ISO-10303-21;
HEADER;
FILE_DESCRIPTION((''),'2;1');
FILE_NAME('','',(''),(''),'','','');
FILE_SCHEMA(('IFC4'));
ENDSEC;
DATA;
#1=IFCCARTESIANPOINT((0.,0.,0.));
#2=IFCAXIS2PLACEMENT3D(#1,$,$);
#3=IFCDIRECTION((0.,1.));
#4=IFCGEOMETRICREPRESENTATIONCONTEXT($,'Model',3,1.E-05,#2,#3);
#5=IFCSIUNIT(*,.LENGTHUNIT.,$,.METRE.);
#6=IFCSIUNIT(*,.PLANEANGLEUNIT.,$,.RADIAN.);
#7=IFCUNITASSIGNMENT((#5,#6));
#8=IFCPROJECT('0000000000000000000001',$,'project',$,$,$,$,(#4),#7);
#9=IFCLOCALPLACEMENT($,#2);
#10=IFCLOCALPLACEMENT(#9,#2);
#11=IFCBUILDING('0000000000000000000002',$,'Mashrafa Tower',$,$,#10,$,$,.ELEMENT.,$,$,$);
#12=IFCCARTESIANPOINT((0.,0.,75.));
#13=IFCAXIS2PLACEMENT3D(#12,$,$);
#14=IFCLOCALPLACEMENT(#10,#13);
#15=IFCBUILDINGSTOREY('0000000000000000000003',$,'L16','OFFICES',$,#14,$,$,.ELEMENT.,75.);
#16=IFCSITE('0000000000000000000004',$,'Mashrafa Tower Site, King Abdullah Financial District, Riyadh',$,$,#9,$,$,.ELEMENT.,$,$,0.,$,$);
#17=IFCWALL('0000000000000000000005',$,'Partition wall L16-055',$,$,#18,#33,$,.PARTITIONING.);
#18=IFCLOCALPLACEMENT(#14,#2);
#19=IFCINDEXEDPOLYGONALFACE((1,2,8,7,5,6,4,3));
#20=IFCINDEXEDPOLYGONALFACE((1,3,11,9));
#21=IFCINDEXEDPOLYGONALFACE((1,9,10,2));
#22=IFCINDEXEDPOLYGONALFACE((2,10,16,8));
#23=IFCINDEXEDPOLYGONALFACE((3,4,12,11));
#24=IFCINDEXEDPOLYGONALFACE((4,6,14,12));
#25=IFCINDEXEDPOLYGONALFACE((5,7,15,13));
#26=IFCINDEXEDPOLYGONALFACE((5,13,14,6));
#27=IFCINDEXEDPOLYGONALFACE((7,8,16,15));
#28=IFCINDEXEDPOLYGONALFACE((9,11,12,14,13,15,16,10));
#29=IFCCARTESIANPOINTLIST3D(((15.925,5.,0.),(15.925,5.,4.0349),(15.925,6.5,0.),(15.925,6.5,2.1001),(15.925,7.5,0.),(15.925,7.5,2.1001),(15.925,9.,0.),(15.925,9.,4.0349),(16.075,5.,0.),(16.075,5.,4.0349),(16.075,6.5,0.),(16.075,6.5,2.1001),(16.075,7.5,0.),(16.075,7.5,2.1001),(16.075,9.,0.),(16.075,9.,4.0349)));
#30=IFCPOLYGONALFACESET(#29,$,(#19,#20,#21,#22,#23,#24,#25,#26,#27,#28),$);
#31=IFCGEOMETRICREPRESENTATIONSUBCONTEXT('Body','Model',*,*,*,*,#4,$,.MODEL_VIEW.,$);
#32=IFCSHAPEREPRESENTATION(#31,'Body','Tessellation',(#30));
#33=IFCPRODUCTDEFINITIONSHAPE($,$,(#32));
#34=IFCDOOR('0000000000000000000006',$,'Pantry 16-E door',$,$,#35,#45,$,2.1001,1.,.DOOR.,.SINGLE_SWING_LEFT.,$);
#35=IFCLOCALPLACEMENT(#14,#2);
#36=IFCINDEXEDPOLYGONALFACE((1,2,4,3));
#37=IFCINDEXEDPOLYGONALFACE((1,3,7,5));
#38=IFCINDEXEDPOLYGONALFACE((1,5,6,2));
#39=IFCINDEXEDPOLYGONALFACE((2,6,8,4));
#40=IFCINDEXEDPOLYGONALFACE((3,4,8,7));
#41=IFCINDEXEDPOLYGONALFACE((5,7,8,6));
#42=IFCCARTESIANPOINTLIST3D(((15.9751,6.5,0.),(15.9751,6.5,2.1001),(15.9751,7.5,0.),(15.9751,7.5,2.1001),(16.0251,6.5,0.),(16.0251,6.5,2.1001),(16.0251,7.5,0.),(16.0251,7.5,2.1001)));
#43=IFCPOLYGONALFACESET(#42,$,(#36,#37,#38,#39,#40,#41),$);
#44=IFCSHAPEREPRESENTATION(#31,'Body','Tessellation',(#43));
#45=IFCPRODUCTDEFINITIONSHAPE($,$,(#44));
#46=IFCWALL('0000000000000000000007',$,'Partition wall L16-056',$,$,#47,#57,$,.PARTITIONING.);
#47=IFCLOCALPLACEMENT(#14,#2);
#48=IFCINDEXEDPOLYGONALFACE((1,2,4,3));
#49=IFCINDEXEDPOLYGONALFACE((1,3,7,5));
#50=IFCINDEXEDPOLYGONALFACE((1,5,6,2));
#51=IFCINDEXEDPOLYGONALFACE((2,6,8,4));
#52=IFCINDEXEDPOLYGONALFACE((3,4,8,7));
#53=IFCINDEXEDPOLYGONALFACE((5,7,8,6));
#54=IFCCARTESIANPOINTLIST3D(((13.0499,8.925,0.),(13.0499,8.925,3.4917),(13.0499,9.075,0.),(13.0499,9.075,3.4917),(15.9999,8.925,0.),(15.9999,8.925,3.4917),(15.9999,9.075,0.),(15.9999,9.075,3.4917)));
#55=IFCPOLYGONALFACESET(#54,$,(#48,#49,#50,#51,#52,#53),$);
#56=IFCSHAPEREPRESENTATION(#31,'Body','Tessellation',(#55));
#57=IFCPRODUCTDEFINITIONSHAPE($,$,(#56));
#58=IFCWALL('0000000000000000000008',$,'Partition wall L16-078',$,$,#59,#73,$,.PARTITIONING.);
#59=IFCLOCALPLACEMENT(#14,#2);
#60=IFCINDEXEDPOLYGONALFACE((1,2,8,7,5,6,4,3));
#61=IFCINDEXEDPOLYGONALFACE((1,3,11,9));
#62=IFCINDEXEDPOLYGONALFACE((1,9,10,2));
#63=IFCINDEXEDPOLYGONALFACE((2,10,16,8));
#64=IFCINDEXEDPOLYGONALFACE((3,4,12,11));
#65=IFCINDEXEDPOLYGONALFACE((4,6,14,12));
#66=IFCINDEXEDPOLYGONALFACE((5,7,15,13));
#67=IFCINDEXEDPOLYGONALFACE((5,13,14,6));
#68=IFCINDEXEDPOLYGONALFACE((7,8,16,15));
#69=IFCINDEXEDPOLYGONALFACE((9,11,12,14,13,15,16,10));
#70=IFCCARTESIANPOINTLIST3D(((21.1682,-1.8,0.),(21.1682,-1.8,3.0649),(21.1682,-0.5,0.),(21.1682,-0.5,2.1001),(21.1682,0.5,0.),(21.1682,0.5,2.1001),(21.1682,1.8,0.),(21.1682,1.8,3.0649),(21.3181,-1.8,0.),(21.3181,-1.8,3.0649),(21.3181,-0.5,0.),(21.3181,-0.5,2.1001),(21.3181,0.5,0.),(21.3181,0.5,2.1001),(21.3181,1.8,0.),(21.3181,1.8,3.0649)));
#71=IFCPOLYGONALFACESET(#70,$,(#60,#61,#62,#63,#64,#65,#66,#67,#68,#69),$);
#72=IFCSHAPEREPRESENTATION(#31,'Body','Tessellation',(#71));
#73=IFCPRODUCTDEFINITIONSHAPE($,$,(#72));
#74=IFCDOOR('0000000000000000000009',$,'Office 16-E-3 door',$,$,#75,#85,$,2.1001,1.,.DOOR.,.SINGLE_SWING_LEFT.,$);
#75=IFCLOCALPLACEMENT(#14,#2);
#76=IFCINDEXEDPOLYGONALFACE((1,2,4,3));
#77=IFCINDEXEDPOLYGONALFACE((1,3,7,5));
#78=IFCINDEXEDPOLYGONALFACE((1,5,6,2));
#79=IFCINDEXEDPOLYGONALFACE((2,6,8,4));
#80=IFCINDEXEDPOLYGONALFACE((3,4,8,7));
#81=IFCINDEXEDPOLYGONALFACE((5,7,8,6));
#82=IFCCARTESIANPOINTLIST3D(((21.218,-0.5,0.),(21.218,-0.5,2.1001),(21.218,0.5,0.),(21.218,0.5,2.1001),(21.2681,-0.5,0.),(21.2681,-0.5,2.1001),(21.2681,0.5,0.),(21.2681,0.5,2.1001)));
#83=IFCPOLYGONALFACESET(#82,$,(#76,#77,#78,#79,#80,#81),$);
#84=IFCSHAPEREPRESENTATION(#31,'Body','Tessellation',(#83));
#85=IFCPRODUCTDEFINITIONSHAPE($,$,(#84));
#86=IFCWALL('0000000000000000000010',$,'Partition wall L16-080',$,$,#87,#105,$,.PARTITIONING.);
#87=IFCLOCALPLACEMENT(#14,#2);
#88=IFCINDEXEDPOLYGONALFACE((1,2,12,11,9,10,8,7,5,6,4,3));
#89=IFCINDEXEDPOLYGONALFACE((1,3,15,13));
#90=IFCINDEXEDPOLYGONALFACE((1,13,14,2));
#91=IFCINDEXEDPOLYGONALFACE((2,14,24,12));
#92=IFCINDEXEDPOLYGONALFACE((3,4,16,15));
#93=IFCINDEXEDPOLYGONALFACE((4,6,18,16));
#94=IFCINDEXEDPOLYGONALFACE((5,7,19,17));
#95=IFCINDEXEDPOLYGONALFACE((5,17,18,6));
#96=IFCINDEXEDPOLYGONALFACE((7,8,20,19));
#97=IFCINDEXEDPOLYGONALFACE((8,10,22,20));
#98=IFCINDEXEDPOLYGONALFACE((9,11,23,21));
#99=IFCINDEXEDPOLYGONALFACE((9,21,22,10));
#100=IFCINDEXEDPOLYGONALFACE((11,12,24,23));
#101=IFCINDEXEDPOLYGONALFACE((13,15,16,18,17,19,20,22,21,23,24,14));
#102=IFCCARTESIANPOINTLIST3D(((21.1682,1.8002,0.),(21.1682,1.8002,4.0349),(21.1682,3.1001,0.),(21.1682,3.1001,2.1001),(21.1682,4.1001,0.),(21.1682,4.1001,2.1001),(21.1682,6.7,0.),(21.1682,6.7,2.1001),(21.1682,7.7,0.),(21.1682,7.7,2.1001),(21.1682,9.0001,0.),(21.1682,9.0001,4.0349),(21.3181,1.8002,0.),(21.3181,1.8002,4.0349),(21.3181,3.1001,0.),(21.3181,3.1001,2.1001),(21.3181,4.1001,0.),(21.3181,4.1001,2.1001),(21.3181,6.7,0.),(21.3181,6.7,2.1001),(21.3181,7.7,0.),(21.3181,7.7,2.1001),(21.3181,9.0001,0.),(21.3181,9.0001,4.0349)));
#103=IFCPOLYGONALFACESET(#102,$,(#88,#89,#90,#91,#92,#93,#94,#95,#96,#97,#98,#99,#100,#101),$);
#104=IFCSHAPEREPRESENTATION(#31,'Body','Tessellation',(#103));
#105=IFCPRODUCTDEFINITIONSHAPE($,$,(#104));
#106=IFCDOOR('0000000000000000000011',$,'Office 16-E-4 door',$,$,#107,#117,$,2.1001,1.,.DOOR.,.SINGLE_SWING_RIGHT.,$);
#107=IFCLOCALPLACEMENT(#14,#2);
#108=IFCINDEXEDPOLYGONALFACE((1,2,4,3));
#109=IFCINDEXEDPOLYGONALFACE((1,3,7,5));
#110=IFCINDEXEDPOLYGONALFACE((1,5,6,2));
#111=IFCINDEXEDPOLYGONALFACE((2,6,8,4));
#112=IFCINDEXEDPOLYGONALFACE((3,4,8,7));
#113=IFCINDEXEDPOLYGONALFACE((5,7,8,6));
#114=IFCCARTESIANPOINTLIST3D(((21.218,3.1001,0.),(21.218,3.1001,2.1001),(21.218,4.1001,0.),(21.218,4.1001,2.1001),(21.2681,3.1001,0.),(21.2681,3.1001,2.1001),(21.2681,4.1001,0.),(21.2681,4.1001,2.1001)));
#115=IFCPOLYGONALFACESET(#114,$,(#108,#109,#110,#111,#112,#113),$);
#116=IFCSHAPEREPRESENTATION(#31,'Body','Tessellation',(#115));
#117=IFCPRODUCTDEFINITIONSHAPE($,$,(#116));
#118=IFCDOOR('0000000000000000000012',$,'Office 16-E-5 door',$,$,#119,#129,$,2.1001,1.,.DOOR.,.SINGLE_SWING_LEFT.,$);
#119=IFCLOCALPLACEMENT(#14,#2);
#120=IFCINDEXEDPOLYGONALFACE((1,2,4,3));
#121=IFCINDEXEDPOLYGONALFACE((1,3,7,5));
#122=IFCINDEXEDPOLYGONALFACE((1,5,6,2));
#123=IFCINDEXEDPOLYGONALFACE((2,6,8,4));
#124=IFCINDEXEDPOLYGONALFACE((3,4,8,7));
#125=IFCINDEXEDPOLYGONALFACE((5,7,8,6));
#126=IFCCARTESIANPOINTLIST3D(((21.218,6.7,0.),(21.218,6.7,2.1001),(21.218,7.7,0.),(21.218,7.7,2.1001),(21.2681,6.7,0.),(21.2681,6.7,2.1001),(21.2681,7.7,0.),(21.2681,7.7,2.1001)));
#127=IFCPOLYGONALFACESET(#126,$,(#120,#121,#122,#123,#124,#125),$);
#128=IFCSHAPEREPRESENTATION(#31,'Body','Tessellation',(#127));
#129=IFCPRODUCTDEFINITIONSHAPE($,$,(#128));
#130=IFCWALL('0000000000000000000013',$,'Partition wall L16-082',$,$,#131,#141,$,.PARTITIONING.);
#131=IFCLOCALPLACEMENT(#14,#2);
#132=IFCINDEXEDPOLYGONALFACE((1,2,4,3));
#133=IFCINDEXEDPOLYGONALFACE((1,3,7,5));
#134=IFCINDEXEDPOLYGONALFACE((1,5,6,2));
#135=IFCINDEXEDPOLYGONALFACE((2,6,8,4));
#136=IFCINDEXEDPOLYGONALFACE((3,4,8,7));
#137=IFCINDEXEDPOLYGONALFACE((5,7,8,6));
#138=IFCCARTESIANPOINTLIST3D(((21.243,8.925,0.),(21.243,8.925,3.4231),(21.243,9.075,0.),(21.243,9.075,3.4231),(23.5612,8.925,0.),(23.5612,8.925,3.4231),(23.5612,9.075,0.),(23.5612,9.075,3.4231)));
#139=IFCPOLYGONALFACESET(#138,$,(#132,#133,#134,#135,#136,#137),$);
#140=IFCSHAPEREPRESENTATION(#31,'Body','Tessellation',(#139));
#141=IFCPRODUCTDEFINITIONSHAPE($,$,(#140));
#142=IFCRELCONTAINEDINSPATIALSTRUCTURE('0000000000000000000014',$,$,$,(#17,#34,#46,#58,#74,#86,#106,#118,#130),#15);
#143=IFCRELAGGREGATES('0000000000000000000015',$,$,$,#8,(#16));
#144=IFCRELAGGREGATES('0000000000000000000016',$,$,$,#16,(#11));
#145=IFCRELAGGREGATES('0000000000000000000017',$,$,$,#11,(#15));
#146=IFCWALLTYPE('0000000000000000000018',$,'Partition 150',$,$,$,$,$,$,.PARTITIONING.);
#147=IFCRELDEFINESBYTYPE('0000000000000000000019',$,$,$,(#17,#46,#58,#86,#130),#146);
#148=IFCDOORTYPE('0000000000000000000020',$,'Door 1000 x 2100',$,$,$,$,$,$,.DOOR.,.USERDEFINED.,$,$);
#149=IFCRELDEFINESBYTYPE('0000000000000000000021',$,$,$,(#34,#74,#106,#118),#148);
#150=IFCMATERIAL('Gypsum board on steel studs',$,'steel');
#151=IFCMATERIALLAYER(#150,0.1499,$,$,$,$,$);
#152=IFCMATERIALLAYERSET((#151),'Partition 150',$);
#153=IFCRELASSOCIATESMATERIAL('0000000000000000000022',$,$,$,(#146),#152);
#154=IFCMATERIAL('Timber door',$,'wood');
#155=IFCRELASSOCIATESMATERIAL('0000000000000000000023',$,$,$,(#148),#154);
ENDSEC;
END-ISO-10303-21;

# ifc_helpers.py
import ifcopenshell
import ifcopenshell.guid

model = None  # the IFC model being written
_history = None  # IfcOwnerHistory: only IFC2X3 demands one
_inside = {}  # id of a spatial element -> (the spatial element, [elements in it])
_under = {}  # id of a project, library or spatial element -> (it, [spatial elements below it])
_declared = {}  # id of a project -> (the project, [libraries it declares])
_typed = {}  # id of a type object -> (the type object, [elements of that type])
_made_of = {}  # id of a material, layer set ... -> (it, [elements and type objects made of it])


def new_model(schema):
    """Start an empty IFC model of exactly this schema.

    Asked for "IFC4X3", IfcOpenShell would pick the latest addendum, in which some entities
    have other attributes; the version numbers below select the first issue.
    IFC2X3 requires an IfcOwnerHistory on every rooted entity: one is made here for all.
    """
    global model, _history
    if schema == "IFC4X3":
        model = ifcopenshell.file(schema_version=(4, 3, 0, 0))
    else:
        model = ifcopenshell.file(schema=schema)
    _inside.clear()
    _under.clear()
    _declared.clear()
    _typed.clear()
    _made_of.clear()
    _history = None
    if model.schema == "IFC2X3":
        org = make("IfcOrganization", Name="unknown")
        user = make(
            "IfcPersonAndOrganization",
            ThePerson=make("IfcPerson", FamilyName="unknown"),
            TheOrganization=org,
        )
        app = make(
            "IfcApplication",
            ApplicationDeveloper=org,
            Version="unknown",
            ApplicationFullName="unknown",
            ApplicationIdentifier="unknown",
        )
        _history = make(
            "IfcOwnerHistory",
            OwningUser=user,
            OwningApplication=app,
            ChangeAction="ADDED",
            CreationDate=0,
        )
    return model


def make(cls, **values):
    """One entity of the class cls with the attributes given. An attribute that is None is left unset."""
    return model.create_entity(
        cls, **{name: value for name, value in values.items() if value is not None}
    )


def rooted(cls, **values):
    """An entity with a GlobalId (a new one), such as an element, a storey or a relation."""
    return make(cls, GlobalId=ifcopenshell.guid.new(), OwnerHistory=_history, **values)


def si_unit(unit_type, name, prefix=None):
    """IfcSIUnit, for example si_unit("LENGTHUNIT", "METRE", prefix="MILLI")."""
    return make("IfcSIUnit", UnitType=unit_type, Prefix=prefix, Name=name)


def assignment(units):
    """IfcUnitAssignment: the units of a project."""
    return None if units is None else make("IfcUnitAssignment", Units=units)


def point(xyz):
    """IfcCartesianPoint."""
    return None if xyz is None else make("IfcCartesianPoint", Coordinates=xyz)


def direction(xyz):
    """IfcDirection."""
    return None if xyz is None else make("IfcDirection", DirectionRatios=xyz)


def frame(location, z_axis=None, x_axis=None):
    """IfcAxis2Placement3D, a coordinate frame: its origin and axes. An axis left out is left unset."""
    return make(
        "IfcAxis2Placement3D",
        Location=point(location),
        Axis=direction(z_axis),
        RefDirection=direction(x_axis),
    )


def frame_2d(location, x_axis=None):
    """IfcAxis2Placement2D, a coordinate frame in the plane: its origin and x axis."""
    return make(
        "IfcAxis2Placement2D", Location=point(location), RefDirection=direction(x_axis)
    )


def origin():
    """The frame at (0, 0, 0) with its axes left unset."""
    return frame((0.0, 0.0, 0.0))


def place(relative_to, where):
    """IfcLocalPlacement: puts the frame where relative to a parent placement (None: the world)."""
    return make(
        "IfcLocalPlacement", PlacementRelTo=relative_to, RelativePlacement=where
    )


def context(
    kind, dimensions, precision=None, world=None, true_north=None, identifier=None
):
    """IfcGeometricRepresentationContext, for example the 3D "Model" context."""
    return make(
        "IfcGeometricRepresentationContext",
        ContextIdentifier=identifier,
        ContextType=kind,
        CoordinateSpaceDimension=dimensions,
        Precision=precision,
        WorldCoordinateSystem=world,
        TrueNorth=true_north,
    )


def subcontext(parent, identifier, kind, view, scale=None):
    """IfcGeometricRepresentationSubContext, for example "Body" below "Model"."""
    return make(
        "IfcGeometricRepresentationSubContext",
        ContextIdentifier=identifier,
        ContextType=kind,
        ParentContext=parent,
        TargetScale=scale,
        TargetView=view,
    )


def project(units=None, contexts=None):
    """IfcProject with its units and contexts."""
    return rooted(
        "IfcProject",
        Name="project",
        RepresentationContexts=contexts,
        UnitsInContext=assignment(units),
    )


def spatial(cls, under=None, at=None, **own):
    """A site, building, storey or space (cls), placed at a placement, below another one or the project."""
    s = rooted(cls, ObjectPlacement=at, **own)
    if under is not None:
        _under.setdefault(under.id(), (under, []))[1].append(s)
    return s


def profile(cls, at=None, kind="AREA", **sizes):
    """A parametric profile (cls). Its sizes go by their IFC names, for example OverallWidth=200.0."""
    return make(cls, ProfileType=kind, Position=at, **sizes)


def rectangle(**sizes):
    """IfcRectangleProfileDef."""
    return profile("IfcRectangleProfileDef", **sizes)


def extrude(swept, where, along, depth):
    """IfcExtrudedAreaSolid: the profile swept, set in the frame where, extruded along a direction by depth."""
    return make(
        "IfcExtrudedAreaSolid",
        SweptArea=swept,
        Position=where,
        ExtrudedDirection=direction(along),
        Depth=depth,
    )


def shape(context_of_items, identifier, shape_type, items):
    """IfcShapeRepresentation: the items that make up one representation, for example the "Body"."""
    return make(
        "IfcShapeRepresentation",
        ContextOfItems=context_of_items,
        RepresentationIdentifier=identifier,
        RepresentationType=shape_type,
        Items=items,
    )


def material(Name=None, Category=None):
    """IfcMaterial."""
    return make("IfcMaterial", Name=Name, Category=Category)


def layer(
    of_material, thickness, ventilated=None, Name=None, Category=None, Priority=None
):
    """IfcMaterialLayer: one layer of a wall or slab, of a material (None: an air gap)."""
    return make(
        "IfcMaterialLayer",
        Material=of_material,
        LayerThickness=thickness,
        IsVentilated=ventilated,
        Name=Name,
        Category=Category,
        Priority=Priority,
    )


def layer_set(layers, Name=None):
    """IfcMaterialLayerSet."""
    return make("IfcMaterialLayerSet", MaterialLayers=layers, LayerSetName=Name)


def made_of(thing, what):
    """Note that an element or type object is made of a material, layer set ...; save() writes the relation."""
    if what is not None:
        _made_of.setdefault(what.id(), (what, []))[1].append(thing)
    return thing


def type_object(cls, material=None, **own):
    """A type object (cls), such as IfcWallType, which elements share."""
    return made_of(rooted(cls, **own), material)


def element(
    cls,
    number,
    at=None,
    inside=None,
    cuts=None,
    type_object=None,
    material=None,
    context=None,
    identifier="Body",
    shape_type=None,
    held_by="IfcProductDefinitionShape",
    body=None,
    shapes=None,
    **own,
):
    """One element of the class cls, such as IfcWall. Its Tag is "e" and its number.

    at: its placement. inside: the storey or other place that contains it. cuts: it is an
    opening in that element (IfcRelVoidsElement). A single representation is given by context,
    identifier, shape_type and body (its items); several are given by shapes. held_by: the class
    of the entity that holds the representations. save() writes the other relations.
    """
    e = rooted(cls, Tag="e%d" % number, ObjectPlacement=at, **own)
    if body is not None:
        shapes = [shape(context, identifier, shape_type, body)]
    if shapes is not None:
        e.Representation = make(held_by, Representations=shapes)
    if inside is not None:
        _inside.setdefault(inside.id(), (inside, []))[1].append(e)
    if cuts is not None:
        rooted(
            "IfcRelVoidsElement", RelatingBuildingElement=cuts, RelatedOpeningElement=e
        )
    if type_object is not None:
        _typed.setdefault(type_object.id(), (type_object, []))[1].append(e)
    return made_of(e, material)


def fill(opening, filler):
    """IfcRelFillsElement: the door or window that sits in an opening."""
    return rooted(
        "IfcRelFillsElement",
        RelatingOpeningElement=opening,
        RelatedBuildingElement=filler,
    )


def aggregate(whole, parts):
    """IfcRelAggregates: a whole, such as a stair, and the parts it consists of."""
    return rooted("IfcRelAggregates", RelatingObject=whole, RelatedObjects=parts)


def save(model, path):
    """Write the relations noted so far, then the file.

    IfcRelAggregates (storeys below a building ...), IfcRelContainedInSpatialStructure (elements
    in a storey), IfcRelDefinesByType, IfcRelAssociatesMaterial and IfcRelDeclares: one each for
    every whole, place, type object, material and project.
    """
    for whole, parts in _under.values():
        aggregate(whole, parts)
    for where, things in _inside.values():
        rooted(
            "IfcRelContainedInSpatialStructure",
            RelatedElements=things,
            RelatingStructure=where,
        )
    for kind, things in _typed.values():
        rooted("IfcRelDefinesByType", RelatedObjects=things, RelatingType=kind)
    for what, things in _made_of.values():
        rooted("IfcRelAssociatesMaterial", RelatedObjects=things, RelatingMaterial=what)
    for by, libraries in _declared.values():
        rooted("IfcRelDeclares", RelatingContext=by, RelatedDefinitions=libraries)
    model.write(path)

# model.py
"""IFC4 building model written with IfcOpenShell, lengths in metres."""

from ifc_helpers import new_model, si_unit, direction, frame, frame_2d, origin, place, context, subcontext, project, spatial, rectangle, extrude, material, layer, layer_set, type_object, element, fill, save


model = new_model("IFC4")

# Units and contexts
model_context = context("Model", 3, precision=1e-05, world=origin(), true_north=direction((0.0, 1.0)))
body_context = subcontext(model_context, "Body", "Model", "MODEL_VIEW")
ifc_project = project(units=[si_unit("LENGTHUNIT", "METRE"), si_unit("PLANEANGLEUNIT", "RADIAN")], contexts=[model_context])

# Site, building, storey
site_placement = place(None, origin())
site = spatial("IfcSite", under=ifc_project, at=site_placement, Name="Mashrafa Tower Site, King Abdullah Financial District, Riyadh", CompositionType="ELEMENT", RefElevation=0.0)
building_placement = place(site_placement, origin())
building = spatial("IfcBuilding", under=site, at=building_placement, Name="Mashrafa Tower", CompositionType="ELEMENT")
storey_placement = place(building_placement, frame((0.0, 0.0, 75.0)))
storey = spatial("IfcBuildingStorey", under=building, at=storey_placement, Name="L16", Description="OFFICES", CompositionType="ELEMENT", Elevation=75.0)

# Shared definitions
ifc_material_1 = material(Name="Gypsum board on steel studs", Category="steel")
ifc_layer_1 = layer(ifc_material_1, 0.1499)
ifc_layer_set_1 = layer_set([ifc_layer_1], Name="Partition 150")
wall_type_1 = type_object("IfcWallType", Name="Partition 150", PredefinedType="PARTITIONING", material=ifc_layer_set_1)

# Wall, opening, door
wall_1_placement = place(storey_placement, frame((16.0, 5.0, 0.0), z_axis=(0.0, 0.0, 1.0), x_axis=(0.0, 1.0, 0.0)))
wall_1 = element("IfcWall", 1, at=wall_1_placement, inside=storey, type_object=wall_type_1, Name="Partition wall L16-055", PredefinedType="PARTITIONING", context=body_context, shape_type="SweptSolid", body=[
    extrude(rectangle(XDim=4.0, YDim=0.1499, at=frame_2d((2.0, 0.0))), origin(), (0.0, 0.0, 1.0), 4.0349),
])
opening_1_placement = place(wall_1_placement, frame((1.5, 0.0, 0.0)))
opening_1 = element("IfcOpeningElement", 2, at=opening_1_placement, cuts=wall_1, PredefinedType="OPENING", context=body_context, shape_type="SweptSolid", body=[
    extrude(rectangle(XDim=1.0, YDim=2.1001, at=frame_2d((0.5, 1.05))), frame((0.0, 0.085, 0.0), z_axis=(0.0, -1.0, 0.0), x_axis=(1.0, 0.0, 0.0)), (0.0, 0.0, 1.0), 0.1699),
])
ifc_material_2 = material(Name="Timber door", Category="wood")
door_type = type_object("IfcDoorType", Name="Door 1000 x 2100", OperationType="USERDEFINED", PredefinedType="DOOR", material=ifc_material_2)
door_1_placement = place(opening_1_placement, origin())
door_1 = element("IfcDoor", 3, at=door_1_placement, inside=storey, type_object=door_type, Name="Pantry 16-E door", OperationType="SINGLE_SWING_LEFT", OverallHeight=2.1001, OverallWidth=1.0, PredefinedType="DOOR", context=body_context, shape_type="SweptSolid", body=[
    extrude(rectangle(XDim=1.0, YDim=2.1001, at=frame_2d((0.5, 1.05))), frame((0.0, 0.0249, 0.0), z_axis=(0.0, -1.0, 0.0), x_axis=(1.0, 0.0, 0.0)), (0.0, 0.0, 1.0), 0.05),
])
fill(opening_1, door_1)

# Wall
wall_2_placement = place(storey_placement, frame((16.0, 9.0, 0.0), z_axis=(0.0, 0.0, 1.0), x_axis=(-1.0, 0.0, 0.0)))
element("IfcWall", 4, at=wall_2_placement, inside=storey, type_object=wall_type_1, Name="Partition wall L16-056", PredefinedType="PARTITIONING", context=body_context, shape_type="SweptSolid", body=[
    extrude(rectangle(XDim=2.95, YDim=0.1499, at=frame_2d((1.4751, 0.0))), origin(), (0.0, 0.0, 1.0), 3.4917),
])

# Wall, opening, door
wall_3_placement = place(storey_placement, frame((21.2432, 1.8, 0.0), z_axis=(0.0, 0.0, 1.0), x_axis=(0.0, -1.0, 0.0)))
wall_3 = element("IfcWall", 5, at=wall_3_placement, inside=storey, type_object=wall_type_1, Name="Partition wall L16-078", PredefinedType="PARTITIONING", context=body_context, shape_type="SweptSolid", body=[
    extrude(rectangle(XDim=3.6001, YDim=0.1499, at=frame_2d((1.8, 0.0))), origin(), (0.0, 0.0, 1.0), 3.0649),
])
opening_2_placement = place(wall_3_placement, frame((1.3, 0.0, 0.0)))
opening_2 = element("IfcOpeningElement", 6, at=opening_2_placement, cuts=wall_3, PredefinedType="OPENING", context=body_context, shape_type="SweptSolid", body=[
    extrude(rectangle(XDim=1.0, YDim=2.1001, at=frame_2d((0.5, 1.05))), frame((0.0, 0.085, 0.0), z_axis=(0.0, -1.0, 0.0), x_axis=(1.0, 0.0, 0.0)), (0.0, 0.0, 1.0), 0.1699),
])
door_2_placement = place(opening_2_placement, origin())
door_2 = element("IfcDoor", 7, at=door_2_placement, inside=storey, type_object=door_type, Name="Office 16-E-3 door", OperationType="SINGLE_SWING_LEFT", OverallHeight=2.1001, OverallWidth=1.0, PredefinedType="DOOR", context=body_context, shape_type="SweptSolid", body=[
    extrude(rectangle(XDim=1.0, YDim=2.1001, at=frame_2d((0.5, 1.05))), frame((0.0, 0.0249, 0.0), z_axis=(0.0, -1.0, 0.0), x_axis=(1.0, 0.0, 0.0)), (0.0, 0.0, 1.0), 0.05),
])
fill(opening_2, door_2)

# Wall, openings, doors
wall_4_placement = place(storey_placement, frame((21.2432, 1.8, 0.0), z_axis=(0.0, 0.0, 1.0), x_axis=(0.0, 1.0, 0.0)))
wall_4 = element("IfcWall", 8, at=wall_4_placement, inside=storey, type_object=wall_type_1, Name="Partition wall L16-080", PredefinedType="PARTITIONING", context=body_context, shape_type="SweptSolid", body=[
    extrude(rectangle(XDim=7.2, YDim=0.1499, at=frame_2d((3.6001, 0.0))), origin(), (0.0, 0.0, 1.0), 4.0349),
])
opening_3_placement = place(wall_4_placement, frame((1.3, 0.0, 0.0)))
opening_3 = element("IfcOpeningElement", 9, at=opening_3_placement, cuts=wall_4, PredefinedType="OPENING", context=body_context, shape_type="SweptSolid", body=[
    extrude(rectangle(XDim=1.0, YDim=2.1001, at=frame_2d((0.5, 1.05))), frame((0.0, 0.085, 0.0), z_axis=(0.0, -1.0, 0.0), x_axis=(1.0, 0.0, 0.0)), (0.0, 0.0, 1.0), 0.1699),
])
opening_4_placement = place(wall_4_placement, frame((4.8999, 0.0, 0.0)))
opening_4 = element("IfcOpeningElement", 10, at=opening_4_placement, cuts=wall_4, PredefinedType="OPENING", context=body_context, shape_type="SweptSolid", body=[
    extrude(rectangle(XDim=1.0, YDim=2.1001, at=frame_2d((0.5, 1.05))), frame((0.0, 0.085, 0.0), z_axis=(0.0, -1.0, 0.0), x_axis=(1.0, 0.0, 0.0)), (0.0, 0.0, 1.0), 0.1699),
])
door_3_placement = place(opening_3_placement, frame((1.0, 0.0, 0.0), z_axis=(0.0, 0.0, 1.0), x_axis=(-1.0, 0.0, 0.0)))
door_3 = element("IfcDoor", 11, at=door_3_placement, inside=storey, type_object=door_type, Name="Office 16-E-4 door", OperationType="SINGLE_SWING_RIGHT", OverallHeight=2.1001, OverallWidth=1.0, PredefinedType="DOOR", context=body_context, shape_type="SweptSolid", body=[
    extrude(rectangle(XDim=1.0, YDim=2.1001, at=frame_2d((0.5, 1.05))), frame((0.0, 0.0249, 0.0), z_axis=(0.0, -1.0, 0.0), x_axis=(1.0, 0.0, 0.0)), (0.0, 0.0, 1.0), 0.05),
])
fill(opening_3, door_3)
door_4_placement = place(opening_4_placement, frame((1.0, 0.0, 0.0), z_axis=(0.0, 0.0, 1.0), x_axis=(-1.0, 0.0, 0.0)))
door_4 = element("IfcDoor", 12, at=door_4_placement, inside=storey, type_object=door_type, Name="Office 16-E-5 door", OperationType="SINGLE_SWING_LEFT", OverallHeight=2.1001, OverallWidth=1.0, PredefinedType="DOOR", context=body_context, shape_type="SweptSolid", body=[
    extrude(rectangle(XDim=1.0, YDim=2.1001, at=frame_2d((0.5, 1.05))), frame((0.0, 0.0249, 0.0), z_axis=(0.0, -1.0, 0.0), x_axis=(1.0, 0.0, 0.0)), (0.0, 0.0, 1.0), 0.05),
])
fill(opening_4, door_4)

# Wall
wall_5_placement = place(storey_placement, frame((23.5613, 9.0, 0.0), z_axis=(0.0, 0.0, 1.0), x_axis=(-1.0, 0.0, 0.0)))
element("IfcWall", 13, at=wall_5_placement, inside=storey, type_object=wall_type_1, Name="Partition wall L16-082", PredefinedType="PARTITIONING", context=body_context, shape_type="SweptSolid", body=[
    extrude(rectangle(XDim=2.3181, YDim=0.1499, at=frame_2d((1.1592, 0.0))), origin(), (0.0, 0.0, 1.0), 3.4231),
])

save(model, "model.ifc")
